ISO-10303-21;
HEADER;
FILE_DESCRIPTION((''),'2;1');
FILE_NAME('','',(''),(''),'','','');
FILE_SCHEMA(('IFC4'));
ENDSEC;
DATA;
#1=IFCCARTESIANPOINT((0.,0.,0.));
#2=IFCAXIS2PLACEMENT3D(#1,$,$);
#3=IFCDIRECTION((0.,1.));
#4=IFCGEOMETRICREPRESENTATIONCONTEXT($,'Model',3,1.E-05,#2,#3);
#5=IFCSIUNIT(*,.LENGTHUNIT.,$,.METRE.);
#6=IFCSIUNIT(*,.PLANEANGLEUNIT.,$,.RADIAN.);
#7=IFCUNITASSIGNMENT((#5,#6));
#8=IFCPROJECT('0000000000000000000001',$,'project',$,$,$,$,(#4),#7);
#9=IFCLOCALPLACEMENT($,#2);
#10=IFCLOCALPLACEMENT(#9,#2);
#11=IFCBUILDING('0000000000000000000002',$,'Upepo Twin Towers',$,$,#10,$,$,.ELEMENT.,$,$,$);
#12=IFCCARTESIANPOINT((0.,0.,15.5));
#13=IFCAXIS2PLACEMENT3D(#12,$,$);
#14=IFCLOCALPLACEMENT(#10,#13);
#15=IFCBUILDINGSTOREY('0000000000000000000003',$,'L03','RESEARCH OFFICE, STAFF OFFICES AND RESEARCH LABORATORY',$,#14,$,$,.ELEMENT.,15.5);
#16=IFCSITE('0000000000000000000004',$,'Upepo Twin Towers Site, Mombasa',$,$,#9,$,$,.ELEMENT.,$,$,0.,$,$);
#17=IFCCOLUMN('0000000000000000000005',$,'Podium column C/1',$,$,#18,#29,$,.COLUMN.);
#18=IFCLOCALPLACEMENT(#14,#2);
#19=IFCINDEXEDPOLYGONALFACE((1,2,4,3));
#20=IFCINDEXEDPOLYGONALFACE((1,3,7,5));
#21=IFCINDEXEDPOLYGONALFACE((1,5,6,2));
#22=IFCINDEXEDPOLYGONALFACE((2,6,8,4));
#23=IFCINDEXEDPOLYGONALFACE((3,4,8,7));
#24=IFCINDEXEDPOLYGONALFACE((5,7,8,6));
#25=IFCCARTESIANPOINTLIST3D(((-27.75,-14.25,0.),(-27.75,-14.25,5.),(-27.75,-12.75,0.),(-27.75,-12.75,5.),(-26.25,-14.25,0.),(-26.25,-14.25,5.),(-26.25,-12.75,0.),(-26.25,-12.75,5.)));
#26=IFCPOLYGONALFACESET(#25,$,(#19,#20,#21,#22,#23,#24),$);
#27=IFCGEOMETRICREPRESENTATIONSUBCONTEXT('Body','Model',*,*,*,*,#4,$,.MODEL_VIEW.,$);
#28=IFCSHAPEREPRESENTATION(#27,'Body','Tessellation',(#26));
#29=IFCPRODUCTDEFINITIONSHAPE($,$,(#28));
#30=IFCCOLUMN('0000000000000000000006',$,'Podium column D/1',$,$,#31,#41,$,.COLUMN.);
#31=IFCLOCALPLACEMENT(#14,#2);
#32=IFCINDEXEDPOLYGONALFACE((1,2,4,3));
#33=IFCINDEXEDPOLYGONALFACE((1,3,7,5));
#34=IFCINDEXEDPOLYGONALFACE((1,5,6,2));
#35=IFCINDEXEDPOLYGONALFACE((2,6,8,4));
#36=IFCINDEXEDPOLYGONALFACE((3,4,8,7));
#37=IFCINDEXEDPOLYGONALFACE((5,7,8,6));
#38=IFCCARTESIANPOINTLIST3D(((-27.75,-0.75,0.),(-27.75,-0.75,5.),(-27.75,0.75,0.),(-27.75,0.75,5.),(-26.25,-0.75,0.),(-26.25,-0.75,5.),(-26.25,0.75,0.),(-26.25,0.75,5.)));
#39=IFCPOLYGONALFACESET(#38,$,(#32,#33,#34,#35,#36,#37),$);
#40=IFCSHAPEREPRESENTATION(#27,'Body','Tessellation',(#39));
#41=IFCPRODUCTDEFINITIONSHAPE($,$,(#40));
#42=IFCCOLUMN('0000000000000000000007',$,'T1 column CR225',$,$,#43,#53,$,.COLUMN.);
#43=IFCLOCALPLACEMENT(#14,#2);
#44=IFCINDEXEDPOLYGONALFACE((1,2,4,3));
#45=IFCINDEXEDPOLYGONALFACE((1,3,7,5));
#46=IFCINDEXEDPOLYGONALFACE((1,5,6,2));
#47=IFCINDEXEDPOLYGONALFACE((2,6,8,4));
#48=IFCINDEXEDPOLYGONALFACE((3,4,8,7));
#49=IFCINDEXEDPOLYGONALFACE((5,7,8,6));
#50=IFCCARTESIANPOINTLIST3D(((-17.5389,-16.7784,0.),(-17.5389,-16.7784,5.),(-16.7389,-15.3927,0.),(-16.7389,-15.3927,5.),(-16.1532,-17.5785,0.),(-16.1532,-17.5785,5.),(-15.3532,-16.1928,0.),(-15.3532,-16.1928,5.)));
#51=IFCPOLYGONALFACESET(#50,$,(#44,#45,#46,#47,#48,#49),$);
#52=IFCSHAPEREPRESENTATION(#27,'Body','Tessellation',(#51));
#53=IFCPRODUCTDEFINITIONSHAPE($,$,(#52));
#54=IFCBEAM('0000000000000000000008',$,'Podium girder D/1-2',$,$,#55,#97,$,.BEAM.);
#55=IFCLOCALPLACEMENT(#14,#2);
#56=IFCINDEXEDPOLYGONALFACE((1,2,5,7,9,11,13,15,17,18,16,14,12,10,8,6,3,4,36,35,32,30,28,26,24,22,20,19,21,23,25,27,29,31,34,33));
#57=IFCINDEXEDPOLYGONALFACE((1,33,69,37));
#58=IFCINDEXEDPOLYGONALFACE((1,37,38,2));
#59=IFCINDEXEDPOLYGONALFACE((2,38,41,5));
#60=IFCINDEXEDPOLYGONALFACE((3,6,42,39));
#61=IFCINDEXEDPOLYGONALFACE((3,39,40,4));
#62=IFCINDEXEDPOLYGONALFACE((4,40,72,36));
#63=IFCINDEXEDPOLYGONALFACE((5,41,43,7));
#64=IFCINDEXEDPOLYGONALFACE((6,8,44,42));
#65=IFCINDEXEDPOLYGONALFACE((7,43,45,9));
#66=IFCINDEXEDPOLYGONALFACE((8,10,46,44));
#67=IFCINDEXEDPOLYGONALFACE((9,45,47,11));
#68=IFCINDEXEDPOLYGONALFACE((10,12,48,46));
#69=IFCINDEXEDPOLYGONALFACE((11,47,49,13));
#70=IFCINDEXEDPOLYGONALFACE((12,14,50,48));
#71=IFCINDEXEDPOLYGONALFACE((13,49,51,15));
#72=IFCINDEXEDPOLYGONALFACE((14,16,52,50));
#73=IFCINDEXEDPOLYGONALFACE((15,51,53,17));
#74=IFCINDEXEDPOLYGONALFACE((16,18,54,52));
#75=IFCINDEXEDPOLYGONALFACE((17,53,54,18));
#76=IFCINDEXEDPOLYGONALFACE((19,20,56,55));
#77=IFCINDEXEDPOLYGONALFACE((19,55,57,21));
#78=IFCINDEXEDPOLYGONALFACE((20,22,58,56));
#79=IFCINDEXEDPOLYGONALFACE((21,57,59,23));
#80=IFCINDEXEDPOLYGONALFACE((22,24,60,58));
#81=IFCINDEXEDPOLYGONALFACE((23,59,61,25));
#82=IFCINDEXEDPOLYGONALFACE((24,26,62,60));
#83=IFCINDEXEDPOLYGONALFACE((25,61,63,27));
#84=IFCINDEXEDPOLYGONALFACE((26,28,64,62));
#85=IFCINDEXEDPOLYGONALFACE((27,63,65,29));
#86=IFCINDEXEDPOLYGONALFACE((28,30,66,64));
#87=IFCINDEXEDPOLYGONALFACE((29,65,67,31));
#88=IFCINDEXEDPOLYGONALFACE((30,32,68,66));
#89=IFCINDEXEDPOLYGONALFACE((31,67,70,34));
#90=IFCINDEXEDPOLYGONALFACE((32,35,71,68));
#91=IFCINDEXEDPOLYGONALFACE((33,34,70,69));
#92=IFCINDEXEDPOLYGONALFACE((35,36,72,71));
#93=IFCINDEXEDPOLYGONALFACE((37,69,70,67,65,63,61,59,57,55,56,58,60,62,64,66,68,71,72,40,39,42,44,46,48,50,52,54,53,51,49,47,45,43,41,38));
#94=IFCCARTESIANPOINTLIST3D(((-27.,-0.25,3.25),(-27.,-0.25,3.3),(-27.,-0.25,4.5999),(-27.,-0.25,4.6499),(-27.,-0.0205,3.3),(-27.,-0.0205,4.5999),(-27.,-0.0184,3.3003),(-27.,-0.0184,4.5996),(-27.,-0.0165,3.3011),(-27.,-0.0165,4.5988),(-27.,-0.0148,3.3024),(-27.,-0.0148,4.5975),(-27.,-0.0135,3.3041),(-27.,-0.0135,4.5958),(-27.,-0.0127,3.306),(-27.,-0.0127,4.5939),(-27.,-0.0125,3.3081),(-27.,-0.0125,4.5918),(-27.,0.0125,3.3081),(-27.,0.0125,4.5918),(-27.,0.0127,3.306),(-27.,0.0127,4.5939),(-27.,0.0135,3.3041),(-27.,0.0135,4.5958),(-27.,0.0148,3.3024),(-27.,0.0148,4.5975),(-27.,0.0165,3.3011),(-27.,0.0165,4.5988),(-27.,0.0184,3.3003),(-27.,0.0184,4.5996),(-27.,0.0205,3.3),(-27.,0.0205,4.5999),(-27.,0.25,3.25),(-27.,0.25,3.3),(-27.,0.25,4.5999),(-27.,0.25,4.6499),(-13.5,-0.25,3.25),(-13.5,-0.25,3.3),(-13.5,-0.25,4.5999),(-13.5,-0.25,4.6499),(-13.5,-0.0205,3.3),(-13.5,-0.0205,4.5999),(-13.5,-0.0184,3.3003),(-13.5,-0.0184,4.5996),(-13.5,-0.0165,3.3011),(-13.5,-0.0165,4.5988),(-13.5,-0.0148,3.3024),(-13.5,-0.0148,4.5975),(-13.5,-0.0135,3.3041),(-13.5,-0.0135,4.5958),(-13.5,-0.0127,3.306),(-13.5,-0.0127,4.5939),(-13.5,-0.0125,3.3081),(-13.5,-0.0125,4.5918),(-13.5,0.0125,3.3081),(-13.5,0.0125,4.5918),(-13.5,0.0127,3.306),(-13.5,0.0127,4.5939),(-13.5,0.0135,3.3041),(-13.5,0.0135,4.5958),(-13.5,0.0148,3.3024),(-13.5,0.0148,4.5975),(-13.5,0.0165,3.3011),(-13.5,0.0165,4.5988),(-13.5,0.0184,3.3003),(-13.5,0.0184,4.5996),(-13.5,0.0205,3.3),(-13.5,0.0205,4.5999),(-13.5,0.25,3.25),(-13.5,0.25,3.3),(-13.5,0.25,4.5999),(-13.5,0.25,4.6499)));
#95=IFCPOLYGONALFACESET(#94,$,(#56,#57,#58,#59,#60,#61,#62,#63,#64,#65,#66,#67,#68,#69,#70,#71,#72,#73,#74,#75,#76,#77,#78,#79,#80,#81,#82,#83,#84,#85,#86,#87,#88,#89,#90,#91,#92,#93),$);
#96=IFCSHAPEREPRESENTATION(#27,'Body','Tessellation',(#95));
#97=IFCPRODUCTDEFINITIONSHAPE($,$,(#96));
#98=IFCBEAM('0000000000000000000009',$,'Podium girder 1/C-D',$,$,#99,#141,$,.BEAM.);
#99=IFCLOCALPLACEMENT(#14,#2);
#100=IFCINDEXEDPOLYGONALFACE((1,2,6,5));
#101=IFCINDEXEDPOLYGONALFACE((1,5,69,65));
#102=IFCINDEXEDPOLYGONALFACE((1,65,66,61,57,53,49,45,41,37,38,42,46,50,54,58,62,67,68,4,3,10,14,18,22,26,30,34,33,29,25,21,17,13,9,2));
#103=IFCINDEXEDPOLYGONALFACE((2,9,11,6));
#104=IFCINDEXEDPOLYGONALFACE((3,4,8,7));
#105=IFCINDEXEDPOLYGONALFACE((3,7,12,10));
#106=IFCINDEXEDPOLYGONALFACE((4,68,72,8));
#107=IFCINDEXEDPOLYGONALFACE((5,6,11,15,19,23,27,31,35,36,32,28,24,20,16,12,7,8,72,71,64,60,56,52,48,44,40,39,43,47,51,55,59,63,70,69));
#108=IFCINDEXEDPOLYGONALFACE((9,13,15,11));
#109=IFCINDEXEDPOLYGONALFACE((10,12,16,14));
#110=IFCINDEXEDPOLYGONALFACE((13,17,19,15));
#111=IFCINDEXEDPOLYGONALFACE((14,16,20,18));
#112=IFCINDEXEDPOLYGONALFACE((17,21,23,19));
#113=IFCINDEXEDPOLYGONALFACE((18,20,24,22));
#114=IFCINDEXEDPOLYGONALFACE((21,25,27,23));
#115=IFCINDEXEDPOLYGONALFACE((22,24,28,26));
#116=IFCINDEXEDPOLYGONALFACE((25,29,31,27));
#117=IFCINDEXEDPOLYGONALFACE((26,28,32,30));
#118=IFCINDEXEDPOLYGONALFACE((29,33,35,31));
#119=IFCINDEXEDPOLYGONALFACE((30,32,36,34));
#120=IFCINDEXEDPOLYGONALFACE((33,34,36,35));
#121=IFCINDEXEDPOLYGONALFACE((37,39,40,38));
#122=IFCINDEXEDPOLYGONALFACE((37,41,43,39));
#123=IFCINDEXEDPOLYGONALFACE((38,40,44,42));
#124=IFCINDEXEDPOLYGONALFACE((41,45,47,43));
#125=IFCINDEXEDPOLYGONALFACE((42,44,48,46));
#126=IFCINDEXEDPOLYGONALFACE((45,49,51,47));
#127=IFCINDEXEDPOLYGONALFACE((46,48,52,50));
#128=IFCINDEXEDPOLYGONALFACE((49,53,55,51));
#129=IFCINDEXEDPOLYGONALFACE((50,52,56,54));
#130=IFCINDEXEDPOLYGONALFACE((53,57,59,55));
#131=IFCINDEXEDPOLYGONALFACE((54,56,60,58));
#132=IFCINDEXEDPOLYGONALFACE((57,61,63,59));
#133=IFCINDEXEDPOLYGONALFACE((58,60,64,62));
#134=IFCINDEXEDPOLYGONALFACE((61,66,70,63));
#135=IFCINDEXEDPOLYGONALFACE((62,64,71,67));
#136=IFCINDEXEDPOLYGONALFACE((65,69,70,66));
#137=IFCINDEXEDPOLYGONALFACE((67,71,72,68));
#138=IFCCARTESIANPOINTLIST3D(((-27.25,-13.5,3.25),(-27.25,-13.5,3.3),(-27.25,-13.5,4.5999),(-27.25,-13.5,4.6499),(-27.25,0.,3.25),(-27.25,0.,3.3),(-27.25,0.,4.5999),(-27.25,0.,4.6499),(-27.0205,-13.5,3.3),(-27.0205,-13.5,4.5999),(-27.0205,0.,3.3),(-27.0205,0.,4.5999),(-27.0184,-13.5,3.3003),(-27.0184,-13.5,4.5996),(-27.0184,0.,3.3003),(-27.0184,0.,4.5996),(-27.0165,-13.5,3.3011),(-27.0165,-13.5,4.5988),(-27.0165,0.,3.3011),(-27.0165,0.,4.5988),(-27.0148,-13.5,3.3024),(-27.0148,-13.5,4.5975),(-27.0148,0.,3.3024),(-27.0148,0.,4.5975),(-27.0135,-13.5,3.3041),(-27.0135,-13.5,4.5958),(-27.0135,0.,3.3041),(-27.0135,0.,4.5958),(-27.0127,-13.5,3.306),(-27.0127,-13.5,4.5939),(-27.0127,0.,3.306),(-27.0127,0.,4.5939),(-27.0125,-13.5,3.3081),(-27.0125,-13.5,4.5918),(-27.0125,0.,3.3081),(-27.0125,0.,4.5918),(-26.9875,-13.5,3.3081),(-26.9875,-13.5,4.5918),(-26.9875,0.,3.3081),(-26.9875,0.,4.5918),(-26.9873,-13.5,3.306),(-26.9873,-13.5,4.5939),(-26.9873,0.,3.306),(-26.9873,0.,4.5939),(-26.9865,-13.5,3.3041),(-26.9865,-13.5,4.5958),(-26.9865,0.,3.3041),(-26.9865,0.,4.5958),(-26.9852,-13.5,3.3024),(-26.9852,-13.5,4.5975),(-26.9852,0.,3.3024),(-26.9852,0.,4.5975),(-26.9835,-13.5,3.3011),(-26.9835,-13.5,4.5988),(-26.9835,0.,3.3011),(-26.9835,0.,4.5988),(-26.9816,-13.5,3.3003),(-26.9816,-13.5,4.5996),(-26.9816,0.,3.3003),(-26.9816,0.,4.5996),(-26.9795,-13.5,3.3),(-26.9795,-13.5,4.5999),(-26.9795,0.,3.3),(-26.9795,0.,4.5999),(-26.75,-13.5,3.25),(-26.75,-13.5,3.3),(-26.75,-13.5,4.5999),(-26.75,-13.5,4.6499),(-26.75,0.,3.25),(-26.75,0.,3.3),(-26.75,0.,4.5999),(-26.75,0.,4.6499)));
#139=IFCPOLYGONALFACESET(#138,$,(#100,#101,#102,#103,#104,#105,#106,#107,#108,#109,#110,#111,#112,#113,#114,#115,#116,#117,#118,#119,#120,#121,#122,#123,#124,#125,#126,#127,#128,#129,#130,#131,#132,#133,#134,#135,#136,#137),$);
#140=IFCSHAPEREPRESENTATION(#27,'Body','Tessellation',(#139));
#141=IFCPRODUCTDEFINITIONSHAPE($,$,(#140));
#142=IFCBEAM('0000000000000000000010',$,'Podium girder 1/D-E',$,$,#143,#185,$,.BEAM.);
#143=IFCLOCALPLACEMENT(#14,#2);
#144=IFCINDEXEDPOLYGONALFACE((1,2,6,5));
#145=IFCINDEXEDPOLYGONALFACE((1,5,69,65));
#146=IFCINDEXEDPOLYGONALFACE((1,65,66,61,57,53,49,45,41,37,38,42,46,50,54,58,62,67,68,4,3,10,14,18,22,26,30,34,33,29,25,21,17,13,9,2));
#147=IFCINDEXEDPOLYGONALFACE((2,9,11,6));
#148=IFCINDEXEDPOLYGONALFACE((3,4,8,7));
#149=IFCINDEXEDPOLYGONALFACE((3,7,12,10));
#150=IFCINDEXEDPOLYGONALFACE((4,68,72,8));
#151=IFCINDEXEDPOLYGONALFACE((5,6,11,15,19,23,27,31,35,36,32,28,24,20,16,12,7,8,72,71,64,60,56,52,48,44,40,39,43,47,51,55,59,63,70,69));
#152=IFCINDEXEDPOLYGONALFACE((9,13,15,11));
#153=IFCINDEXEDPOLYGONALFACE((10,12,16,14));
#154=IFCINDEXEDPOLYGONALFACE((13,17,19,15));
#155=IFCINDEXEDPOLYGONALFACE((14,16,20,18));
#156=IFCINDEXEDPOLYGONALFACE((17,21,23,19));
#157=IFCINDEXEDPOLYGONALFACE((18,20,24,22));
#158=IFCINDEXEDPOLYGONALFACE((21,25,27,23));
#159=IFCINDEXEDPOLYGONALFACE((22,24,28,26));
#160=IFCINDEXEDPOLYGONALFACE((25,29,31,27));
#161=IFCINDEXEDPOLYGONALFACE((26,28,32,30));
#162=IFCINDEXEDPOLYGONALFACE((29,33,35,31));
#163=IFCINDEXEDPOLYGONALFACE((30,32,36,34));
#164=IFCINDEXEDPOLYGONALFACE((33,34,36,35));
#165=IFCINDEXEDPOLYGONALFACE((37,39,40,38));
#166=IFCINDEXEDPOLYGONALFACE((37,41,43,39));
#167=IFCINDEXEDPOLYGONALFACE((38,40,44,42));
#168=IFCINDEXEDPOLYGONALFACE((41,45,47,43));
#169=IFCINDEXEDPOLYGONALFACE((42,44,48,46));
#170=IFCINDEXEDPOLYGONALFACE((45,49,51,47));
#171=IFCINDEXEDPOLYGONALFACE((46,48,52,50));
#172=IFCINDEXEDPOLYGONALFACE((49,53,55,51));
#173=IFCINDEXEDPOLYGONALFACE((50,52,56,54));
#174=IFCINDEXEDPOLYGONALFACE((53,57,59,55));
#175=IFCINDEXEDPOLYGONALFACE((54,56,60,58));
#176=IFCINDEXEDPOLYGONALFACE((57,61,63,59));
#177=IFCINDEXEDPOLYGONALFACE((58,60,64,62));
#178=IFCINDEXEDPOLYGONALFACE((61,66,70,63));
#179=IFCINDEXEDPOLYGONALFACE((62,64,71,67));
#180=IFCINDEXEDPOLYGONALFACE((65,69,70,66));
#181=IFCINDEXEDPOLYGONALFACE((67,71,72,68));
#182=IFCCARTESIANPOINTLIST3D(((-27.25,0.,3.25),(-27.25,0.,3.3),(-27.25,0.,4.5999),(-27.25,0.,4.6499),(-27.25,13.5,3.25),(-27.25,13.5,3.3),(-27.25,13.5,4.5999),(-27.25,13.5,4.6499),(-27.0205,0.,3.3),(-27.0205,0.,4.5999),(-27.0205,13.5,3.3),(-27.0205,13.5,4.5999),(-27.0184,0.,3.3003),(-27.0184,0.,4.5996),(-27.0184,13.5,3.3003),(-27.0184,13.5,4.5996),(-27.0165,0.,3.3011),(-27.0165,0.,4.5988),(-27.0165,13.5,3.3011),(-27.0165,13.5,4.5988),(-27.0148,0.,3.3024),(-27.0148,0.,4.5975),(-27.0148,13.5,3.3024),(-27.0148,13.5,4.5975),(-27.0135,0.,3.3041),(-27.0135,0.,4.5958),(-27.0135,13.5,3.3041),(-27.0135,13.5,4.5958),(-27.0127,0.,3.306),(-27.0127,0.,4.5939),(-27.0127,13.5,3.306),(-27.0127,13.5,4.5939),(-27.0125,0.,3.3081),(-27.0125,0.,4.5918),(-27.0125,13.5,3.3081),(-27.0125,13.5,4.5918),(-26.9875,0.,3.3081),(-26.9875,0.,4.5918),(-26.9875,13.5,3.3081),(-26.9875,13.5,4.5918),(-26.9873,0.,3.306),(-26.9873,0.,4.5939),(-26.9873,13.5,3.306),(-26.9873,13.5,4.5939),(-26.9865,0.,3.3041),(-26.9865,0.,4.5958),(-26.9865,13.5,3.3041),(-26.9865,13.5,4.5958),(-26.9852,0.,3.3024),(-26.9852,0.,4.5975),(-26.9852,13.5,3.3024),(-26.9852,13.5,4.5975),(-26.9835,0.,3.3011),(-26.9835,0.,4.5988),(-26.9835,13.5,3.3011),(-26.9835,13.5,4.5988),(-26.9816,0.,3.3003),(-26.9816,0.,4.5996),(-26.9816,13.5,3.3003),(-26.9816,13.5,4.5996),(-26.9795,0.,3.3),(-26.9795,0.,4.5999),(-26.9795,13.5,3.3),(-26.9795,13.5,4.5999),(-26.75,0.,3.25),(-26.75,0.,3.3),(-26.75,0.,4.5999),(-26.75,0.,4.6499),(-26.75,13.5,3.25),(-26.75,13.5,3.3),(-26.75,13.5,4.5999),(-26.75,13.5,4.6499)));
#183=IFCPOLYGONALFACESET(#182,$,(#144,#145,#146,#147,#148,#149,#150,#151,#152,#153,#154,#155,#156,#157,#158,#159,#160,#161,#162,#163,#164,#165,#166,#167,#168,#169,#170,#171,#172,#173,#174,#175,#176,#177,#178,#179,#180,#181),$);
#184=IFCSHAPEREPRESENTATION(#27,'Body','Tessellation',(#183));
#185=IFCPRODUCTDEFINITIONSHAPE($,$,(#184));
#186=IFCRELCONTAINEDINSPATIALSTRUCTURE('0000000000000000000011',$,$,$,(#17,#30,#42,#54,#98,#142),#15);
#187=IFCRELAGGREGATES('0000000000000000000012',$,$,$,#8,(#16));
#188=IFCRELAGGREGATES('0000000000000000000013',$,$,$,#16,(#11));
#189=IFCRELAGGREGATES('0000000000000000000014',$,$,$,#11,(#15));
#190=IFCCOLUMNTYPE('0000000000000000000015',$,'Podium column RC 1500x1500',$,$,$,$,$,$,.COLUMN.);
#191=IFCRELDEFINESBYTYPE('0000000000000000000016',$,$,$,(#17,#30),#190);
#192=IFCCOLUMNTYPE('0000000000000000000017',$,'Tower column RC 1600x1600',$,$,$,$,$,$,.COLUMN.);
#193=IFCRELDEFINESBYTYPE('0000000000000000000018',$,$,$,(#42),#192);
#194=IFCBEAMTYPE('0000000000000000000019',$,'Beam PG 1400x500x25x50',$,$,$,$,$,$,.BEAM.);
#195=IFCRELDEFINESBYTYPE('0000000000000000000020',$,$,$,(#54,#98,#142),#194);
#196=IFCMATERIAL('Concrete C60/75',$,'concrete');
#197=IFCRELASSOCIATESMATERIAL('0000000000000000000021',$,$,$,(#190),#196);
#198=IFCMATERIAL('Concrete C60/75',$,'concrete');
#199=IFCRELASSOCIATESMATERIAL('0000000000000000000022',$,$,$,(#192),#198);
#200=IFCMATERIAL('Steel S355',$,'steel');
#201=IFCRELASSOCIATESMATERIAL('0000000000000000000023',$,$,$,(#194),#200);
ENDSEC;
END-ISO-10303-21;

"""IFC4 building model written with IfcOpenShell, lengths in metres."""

from ifc_helpers import new_model, si_unit, direction, frame, origin, origin_2d, place, context, subcontext, project, spatial, rectangle, i_section, extrude, material, material_profile, profile_set, type_object, element, save


model = new_model("IFC4")

# Units and contexts
model_context = context("Model", 3, precision=1e-05, world=origin(), true_north=direction((0.0, 1.0)))
body_context = subcontext(model_context, "Body", "Model", "MODEL_VIEW")
ifc_project = project(units=[si_unit("LENGTHUNIT", "METRE"), si_unit("PLANEANGLEUNIT", "RADIAN")], contexts=[model_context])

# Site, building, storey
site_placement = place(None, origin())
site = spatial("IfcSite", under=ifc_project, at=site_placement, Name="Upepo Twin Towers Site, Mombasa", CompositionType="ELEMENT", RefElevation=0.0)
building_placement = place(site_placement, origin())
building = spatial("IfcBuilding", under=site, at=building_placement, Name="Upepo Twin Towers", CompositionType="ELEMENT")
storey_placement = place(building_placement, frame((0.0, 0.0, 15.5)))
storey = spatial("IfcBuildingStorey", under=building, at=storey_placement, Name="L03", Description="RESEARCH OFFICE, STAFF OFFICES AND RESEARCH LABORATORY", CompositionType="ELEMENT", Elevation=15.5)

# Columns
ifc_material_1 = material(Name="Concrete C60/75", Category="concrete")
ifc_material_profile_1 = material_profile(ifc_material_1, rectangle(XDim=1.5, YDim=1.5, at=origin_2d()), Name="RC 1500x1500")
ifc_profile_set_1 = profile_set([ifc_material_profile_1], Name="Concrete C60/75")
column_type_1 = type_object("IfcColumnType", Name="Podium column RC 1500x1500", PredefinedType="COLUMN", material=ifc_profile_set_1)
for number, where, z_axis, x_axis, name in (
    (1, (-27.0, -13.5, 0.0), (0.0, 0.0, 1.0), (1.0, 0.0, 0.0), "Podium column C/1"),
    (2, (-27.0, 0.0, 0.0), (0.0, 0.0, 1.0), (1.0, 0.0, 0.0), "Podium column D/1"),
):
    element("IfcColumn", number, at=place(storey_placement, frame(where, z_axis=z_axis, x_axis=x_axis)), inside=storey, type_object=column_type_1, Name=name, PredefinedType="COLUMN", context=body_context, shape_type="SweptSolid", body=[
        extrude(rectangle(XDim=1.5, YDim=1.5, at=origin_2d()), origin(), (0.0, 0.0, 1.0), 5.0),
    ])
ifc_material_2 = material(Name="Concrete C60/75", Category="concrete")
ifc_material_profile_2 = material_profile(ifc_material_2, rectangle(XDim=1.6001, YDim=1.6001, at=origin_2d()), Name="RC 1600x1600")
ifc_profile_set_2 = profile_set([ifc_material_profile_2], Name="Concrete C60/75")
column_type_2 = type_object("IfcColumnType", Name="Tower column RC 1600x1600", PredefinedType="COLUMN", material=ifc_profile_set_2)
column_placement = place(storey_placement, frame((-16.446, -16.4856, 0.0), z_axis=(0.0, 0.0, 1.0), x_axis=(0.5, 0.866025, 0.0)))
element("IfcColumn", 3, at=column_placement, inside=storey, type_object=column_type_2, Name="T1 column CR225", PredefinedType="COLUMN", context=body_context, shape_type="SweptSolid", body=[
    extrude(rectangle(XDim=1.6001, YDim=1.6001, at=origin_2d()), origin(), (0.0, 0.0, 1.0), 5.0),
])

# Beams
ifc_material_3 = material(Name="Steel S355", Category="steel")
ifc_material_profile_3 = material_profile(ifc_material_3, i_section(OverallWidth=0.5, OverallDepth=1.3999, WebThickness=0.0249, FlangeThickness=0.05, FilletRadius=0.0081, at=origin_2d()), Name="PG 1400x500x25x50")
ifc_profile_set_3 = profile_set([ifc_material_profile_3], Name="Steel S355")
beam_type_1 = type_object("IfcBeamType", Name="Beam PG 1400x500x25x50", PredefinedType="BEAM", material=ifc_profile_set_3)
for number, where, z_axis, x_axis, name in (
    (4, (-27.0, 0.0, 3.95), (1.0, 0.0, 0.0), (0.0, 1.0, 0.0), "Podium girder D/1-2"),
    (5, (-27.0, -13.5, 3.95), (0.0, 1.0, 0.0), (-1.0, 0.0, 0.0), "Podium girder 1/C-D"),
    (6, (-27.0, 0.0, 3.95), (0.0, 1.0, 0.0), (-1.0, 0.0, 0.0), "Podium girder 1/D-E"),
):
    element("IfcBeam", number, at=place(storey_placement, frame(where, z_axis=z_axis, x_axis=x_axis)), inside=storey, type_object=beam_type_1, Name=name, PredefinedType="BEAM", context=body_context, shape_type="SweptSolid", body=[
        extrude(i_section(OverallWidth=0.5, OverallDepth=1.3999, WebThickness=0.0249, FlangeThickness=0.05, FilletRadius=0.0081, at=origin_2d()), origin(), (0.0, 0.0, 1.0), 13.5),
    ])

save(model, "model.ifc")
